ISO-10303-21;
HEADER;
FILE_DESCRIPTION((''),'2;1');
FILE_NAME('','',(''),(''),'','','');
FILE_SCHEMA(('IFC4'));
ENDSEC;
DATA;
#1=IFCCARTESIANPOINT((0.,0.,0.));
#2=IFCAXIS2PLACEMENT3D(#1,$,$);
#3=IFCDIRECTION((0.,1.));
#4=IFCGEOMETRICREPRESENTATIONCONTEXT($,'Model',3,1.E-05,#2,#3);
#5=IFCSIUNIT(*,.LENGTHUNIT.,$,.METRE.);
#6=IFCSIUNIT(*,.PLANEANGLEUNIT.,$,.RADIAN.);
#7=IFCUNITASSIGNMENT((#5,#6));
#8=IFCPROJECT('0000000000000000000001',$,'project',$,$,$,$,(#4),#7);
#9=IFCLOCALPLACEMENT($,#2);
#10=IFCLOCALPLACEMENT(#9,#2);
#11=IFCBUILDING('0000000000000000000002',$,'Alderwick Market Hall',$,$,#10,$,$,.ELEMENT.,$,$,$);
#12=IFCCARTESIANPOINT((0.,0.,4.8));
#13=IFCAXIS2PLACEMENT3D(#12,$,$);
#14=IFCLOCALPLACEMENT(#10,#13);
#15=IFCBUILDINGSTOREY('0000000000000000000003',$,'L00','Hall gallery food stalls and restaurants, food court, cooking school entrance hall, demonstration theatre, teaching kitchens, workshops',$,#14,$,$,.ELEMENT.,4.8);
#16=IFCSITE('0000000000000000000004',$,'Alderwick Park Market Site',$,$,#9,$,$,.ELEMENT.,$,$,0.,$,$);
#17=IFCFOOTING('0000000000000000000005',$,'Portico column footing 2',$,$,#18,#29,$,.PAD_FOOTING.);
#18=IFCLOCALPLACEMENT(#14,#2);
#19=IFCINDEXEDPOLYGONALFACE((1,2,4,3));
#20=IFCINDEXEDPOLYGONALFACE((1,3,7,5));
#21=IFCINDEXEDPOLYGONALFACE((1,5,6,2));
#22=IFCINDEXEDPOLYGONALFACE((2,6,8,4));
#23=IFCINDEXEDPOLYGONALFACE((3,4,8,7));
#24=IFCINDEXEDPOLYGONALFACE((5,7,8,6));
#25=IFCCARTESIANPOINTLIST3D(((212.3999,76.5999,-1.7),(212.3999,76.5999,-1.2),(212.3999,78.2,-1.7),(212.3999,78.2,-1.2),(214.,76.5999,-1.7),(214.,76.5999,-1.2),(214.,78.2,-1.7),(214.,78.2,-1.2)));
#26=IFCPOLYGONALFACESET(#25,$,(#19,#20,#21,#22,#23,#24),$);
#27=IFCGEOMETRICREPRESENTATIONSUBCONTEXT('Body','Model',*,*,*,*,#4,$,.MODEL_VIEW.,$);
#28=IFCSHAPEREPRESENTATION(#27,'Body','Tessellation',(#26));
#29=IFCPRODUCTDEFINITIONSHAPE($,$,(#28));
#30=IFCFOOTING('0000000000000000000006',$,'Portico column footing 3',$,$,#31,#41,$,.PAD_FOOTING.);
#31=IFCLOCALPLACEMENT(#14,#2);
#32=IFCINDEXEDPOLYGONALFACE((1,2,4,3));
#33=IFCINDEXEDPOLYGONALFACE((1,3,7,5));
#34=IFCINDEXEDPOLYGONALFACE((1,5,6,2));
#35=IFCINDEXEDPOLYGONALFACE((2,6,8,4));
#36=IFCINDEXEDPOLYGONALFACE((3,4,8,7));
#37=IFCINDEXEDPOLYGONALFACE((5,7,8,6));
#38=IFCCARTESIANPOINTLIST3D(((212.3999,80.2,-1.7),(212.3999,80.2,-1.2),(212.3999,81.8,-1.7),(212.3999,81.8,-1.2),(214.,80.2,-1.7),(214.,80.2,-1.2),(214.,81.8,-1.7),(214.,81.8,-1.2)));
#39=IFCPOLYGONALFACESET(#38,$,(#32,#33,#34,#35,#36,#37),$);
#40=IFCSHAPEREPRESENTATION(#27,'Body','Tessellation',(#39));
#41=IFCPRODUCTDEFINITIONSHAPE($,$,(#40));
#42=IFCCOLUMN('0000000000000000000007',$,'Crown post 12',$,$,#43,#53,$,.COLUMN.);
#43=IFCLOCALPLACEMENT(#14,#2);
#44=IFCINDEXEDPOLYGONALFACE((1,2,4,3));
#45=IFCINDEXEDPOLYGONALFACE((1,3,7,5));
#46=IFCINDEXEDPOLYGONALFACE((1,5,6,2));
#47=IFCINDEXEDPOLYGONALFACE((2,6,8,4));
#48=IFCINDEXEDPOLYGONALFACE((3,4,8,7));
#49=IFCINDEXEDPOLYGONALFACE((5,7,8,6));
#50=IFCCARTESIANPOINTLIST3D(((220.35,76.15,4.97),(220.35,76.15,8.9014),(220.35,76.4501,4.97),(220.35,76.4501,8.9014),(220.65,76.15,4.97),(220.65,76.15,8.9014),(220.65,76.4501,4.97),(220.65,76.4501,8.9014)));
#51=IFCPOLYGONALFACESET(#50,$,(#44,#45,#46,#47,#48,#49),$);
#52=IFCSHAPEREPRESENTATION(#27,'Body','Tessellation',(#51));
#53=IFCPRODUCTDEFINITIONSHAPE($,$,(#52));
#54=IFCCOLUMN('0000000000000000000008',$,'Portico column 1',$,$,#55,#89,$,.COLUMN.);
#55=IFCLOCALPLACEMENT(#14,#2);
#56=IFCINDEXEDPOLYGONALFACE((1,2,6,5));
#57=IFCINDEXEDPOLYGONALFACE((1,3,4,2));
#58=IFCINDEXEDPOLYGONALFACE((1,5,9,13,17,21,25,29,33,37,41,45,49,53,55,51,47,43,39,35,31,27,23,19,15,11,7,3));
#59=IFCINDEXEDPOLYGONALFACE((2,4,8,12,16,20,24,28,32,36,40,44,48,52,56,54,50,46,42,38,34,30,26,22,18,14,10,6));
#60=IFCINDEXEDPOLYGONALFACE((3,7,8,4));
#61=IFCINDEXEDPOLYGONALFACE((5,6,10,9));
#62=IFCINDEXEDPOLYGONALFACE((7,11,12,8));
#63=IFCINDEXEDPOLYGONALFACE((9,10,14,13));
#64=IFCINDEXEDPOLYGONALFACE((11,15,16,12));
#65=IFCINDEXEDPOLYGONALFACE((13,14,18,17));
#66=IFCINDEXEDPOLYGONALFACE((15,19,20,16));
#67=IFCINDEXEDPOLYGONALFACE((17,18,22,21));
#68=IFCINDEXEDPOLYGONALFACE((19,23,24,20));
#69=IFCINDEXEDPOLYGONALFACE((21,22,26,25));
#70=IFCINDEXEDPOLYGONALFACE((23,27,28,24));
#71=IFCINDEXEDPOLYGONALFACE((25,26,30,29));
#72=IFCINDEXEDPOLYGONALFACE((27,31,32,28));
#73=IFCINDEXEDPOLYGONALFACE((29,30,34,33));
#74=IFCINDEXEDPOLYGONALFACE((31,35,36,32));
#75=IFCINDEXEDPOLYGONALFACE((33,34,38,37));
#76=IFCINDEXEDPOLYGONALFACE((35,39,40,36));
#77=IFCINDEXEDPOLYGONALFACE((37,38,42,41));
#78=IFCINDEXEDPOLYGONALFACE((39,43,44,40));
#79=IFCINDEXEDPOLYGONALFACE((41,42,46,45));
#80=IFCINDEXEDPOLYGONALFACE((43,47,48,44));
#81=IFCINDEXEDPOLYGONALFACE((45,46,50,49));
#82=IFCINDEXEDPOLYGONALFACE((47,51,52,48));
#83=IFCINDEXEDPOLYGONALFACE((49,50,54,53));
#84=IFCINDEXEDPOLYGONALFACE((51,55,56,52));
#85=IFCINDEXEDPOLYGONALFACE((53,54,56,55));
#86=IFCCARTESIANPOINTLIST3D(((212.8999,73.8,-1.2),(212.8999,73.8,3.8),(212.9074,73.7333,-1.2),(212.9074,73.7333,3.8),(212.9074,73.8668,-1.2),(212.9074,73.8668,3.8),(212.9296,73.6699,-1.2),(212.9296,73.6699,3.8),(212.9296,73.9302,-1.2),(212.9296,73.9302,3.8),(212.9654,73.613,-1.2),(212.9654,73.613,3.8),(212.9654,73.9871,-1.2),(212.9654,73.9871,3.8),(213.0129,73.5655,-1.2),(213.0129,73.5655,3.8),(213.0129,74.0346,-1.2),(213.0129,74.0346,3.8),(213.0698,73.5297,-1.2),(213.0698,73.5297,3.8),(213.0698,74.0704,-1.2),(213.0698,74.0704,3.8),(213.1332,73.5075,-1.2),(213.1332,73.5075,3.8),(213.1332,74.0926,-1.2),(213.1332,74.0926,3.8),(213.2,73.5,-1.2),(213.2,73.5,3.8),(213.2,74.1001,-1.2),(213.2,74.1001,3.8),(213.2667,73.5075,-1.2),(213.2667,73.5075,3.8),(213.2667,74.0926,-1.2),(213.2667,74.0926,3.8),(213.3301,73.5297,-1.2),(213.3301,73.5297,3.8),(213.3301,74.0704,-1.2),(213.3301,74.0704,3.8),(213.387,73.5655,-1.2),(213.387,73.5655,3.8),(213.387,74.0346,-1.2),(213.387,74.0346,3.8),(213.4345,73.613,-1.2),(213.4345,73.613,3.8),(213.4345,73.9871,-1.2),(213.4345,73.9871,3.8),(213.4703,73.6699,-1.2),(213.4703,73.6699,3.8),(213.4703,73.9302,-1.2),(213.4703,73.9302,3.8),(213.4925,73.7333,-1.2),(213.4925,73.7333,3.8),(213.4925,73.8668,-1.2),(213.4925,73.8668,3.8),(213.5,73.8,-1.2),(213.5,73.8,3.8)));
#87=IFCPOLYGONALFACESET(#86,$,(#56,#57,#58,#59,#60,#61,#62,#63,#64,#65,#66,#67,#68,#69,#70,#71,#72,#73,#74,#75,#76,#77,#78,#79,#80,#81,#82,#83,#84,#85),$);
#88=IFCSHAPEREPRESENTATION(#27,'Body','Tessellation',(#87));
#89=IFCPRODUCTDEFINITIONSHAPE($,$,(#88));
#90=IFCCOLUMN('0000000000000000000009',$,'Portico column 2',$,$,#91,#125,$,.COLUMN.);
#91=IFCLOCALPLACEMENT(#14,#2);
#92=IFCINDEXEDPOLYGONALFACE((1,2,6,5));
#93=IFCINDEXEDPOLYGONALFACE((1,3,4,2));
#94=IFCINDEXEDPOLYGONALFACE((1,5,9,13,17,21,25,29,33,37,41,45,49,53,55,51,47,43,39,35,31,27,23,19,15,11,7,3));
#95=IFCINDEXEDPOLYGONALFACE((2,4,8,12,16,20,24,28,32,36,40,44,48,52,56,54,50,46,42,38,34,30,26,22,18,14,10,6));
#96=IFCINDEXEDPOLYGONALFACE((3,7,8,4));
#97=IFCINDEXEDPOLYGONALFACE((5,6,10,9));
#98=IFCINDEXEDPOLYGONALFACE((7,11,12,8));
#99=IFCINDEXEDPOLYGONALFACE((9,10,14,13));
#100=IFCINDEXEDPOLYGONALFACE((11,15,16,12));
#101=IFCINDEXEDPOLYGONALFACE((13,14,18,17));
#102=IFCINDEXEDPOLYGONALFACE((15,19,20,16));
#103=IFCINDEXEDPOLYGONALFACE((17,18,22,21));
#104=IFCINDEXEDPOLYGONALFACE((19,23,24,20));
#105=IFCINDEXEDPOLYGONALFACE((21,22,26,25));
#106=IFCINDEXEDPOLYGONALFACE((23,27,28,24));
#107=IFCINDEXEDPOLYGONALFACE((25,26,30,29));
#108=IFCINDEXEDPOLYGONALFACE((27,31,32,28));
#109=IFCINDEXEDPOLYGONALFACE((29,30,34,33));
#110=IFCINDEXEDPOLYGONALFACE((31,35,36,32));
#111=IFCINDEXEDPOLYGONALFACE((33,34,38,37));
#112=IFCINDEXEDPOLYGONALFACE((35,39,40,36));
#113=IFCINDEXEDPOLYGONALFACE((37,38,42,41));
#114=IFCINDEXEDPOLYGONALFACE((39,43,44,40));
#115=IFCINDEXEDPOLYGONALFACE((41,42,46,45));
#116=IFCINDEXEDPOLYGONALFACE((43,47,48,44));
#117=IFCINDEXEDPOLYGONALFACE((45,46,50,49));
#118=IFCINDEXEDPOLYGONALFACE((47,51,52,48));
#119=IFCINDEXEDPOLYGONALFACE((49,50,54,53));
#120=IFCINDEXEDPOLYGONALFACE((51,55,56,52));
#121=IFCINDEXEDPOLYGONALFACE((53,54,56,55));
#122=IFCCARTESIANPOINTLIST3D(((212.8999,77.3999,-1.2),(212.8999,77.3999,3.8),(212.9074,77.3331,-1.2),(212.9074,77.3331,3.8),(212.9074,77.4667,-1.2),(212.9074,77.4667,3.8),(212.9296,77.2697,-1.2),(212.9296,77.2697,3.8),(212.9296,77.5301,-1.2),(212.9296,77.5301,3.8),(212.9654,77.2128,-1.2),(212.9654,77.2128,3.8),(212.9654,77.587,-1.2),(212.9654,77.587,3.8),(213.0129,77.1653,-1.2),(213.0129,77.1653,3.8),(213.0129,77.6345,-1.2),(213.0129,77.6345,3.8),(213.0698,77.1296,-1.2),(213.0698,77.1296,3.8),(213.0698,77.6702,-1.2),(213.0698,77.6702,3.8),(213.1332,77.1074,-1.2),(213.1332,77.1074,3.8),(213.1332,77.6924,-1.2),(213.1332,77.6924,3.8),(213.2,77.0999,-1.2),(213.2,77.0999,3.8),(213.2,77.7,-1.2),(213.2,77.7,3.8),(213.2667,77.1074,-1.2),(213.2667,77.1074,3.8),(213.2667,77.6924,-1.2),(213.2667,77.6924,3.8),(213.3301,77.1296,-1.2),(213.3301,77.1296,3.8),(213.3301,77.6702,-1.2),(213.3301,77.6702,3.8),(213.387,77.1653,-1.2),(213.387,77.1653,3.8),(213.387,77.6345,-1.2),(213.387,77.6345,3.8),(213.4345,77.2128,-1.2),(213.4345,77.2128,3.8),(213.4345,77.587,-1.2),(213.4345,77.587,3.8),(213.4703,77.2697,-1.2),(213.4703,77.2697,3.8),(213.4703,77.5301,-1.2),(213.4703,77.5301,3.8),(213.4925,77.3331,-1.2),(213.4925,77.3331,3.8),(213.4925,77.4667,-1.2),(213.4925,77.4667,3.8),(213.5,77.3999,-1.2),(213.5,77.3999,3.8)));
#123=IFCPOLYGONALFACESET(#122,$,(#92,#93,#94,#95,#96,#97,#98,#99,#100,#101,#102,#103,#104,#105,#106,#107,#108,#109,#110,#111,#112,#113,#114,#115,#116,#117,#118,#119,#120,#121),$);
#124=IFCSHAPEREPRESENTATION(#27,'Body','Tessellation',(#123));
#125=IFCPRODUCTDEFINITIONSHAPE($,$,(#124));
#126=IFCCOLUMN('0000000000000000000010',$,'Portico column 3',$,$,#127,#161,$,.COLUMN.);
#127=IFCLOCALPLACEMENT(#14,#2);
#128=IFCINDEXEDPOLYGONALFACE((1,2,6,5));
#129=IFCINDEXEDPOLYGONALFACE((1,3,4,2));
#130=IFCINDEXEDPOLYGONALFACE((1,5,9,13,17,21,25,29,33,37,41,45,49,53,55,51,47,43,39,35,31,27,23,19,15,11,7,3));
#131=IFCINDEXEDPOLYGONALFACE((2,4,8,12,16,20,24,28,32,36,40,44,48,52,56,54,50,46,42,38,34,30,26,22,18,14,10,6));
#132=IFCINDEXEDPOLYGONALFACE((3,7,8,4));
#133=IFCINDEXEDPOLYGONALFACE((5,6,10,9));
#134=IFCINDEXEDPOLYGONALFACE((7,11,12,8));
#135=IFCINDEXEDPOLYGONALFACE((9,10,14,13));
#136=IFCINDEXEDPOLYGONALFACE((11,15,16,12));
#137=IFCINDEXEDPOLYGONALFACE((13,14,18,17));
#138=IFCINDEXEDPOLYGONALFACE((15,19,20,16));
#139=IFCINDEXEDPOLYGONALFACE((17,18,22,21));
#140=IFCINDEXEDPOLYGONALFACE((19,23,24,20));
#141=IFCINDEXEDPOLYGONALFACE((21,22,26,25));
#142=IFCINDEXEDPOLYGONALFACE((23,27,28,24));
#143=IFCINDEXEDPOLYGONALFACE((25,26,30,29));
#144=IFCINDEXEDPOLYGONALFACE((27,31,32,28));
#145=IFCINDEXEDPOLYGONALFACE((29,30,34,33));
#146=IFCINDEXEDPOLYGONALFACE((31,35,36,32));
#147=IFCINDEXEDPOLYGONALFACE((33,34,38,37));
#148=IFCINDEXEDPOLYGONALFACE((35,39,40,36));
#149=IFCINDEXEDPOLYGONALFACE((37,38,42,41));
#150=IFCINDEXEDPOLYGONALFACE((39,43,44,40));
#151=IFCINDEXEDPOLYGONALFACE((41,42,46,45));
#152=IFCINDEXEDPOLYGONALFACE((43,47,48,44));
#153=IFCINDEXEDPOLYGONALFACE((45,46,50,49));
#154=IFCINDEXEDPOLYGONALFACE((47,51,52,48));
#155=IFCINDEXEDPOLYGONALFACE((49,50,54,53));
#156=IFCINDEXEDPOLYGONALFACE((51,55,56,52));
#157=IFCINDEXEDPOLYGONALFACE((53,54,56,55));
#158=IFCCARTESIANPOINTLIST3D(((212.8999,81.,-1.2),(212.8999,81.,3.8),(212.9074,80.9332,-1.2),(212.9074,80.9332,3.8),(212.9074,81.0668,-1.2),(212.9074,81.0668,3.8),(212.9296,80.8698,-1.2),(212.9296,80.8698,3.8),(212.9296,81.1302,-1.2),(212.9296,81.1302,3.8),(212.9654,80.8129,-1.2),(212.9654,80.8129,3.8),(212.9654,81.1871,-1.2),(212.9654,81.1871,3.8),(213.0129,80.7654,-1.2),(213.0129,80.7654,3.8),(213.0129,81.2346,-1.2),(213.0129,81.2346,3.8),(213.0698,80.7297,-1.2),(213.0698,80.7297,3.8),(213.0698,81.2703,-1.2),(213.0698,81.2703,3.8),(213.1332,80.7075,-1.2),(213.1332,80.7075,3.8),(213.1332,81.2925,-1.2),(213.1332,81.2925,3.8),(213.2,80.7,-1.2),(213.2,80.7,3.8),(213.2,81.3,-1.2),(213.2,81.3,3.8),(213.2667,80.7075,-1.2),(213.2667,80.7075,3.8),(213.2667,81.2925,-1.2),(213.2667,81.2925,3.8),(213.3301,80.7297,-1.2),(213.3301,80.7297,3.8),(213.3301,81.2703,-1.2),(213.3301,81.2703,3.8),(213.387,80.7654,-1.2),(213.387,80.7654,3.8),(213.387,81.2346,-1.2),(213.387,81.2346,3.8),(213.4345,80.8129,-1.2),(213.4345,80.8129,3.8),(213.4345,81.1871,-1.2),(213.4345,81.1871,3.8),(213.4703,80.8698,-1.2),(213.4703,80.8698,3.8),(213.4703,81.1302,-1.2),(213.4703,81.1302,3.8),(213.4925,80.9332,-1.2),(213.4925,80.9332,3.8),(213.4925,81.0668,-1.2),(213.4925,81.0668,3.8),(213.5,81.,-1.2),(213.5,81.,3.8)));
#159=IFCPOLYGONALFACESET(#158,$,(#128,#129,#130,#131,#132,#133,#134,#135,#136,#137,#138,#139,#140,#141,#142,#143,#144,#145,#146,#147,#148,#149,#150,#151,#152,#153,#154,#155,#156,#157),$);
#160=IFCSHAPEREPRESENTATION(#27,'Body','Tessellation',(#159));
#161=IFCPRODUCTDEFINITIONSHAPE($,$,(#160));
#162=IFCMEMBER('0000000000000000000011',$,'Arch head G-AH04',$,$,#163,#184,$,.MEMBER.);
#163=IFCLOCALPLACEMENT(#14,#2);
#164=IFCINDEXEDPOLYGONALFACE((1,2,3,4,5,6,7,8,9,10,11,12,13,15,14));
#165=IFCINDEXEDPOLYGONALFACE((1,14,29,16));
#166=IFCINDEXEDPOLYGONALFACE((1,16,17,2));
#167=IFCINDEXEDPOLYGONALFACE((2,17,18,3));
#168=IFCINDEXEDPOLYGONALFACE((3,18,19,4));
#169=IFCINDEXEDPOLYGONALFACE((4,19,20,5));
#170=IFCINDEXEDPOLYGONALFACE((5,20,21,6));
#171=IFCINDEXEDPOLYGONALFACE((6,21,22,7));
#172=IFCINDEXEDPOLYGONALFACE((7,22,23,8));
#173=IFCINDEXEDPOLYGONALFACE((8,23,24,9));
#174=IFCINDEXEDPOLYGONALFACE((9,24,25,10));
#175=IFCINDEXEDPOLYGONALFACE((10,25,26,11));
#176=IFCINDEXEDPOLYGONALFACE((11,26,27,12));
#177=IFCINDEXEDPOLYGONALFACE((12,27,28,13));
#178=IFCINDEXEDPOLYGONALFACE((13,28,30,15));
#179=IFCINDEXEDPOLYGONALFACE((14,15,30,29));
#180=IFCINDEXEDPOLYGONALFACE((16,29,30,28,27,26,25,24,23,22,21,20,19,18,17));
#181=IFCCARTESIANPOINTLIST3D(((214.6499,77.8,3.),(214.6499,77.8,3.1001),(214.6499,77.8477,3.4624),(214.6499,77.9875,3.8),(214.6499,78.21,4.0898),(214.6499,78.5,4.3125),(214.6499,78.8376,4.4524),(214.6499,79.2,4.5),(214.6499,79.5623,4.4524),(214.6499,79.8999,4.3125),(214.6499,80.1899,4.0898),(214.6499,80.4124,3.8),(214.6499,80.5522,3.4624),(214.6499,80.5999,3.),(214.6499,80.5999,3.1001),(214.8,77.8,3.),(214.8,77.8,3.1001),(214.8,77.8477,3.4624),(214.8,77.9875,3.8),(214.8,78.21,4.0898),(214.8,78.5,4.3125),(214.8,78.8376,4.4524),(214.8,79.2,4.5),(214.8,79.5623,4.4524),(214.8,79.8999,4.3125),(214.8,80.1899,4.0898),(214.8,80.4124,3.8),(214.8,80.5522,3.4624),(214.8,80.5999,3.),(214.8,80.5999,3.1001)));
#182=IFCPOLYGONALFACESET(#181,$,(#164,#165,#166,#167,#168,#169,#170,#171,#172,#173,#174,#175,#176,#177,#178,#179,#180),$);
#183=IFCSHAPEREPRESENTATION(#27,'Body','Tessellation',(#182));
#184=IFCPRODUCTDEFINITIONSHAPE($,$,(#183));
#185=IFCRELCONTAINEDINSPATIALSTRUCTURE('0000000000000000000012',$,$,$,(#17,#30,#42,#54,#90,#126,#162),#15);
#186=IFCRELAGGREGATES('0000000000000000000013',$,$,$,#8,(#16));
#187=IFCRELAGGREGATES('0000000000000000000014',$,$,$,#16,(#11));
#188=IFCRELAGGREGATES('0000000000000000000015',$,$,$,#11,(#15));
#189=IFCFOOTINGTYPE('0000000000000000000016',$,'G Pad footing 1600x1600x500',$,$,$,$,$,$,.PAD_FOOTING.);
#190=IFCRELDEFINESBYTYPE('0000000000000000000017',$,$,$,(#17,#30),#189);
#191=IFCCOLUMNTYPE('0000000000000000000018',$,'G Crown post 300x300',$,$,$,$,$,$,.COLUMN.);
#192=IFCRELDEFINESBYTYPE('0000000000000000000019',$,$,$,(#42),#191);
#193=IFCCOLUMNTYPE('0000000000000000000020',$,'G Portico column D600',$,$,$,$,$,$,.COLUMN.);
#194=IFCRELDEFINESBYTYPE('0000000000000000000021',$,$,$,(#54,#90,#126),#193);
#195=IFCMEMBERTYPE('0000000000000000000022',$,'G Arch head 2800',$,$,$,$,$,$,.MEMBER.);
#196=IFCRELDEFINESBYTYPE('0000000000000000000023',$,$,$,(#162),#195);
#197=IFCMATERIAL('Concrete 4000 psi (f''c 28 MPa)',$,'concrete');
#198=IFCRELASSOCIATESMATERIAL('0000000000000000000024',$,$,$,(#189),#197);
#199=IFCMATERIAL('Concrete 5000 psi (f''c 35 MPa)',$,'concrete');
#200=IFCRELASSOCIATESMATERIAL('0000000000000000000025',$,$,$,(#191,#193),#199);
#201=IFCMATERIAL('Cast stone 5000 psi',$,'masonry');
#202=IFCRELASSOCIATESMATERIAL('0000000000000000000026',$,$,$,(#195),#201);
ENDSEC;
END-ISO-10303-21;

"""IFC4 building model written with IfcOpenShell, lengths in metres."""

from ifc_helpers import new_model, si_unit, direction, frame, origin, origin_2d, place, context, subcontext, project, spatial, polyline, rectangle, circle, outline, extrude, material, material_profile, profile_set, type_object, element, save


model = new_model("IFC4")

# Units and contexts
model_context = context("Model", 3, precision=1e-05, world=origin(), true_north=direction((0.0, 1.0)))
body_context = subcontext(model_context, "Body", "Model", "MODEL_VIEW")
ifc_project = project(units=[si_unit("LENGTHUNIT", "METRE"), si_unit("PLANEANGLEUNIT", "RADIAN")], contexts=[model_context])

# Site, building, storey
site_placement = place(None, origin())
site = spatial("IfcSite", under=ifc_project, at=site_placement, Name="Alderwick Park Market Site", CompositionType="ELEMENT", RefElevation=0.0)
building_placement = place(site_placement, origin())
building = spatial("IfcBuilding", under=site, at=building_placement, Name="Alderwick Market Hall", CompositionType="ELEMENT")
storey_placement = place(building_placement, frame((0.0, 0.0, 4.8)))
storey = spatial("IfcBuildingStorey", under=building, at=storey_placement, Name="L00", Description="Hall gallery food stalls and restaurants, food court, cooking school entrance hall, demonstration theatre, teaching kitchens, workshops", CompositionType="ELEMENT", Elevation=4.8)

# Footings
ifc_material_1 = material(Name="Concrete 4000 psi (f'c 28 MPa)", Category="concrete")
footing_type = type_object("IfcFootingType", Name="G Pad footing 1600x1600x500", PredefinedType="PAD_FOOTING", material=ifc_material_1)
for number, where, z_axis, x_axis, name in (
    (1, (213.2, 77.3999, -1.7), (0.0, 0.0, 1.0), (1.0, 0.0, 0.0), "Portico column footing 2"),
    (2, (213.2, 81.0, -1.7), (0.0, 0.0, 1.0), (1.0, 0.0, 0.0), "Portico column footing 3"),
):
    element("IfcFooting", number, at=place(storey_placement, frame(where, z_axis=z_axis, x_axis=x_axis)), inside=storey, type_object=footing_type, Name=name, PredefinedType="PAD_FOOTING", context=body_context, shape_type="SweptSolid", body=[
        extrude(rectangle(XDim=1.6001, YDim=1.6001, at=origin_2d()), origin(), (0.0, 0.0, 1.0), 0.5),
    ])

# Columns
ifc_material_2 = material(Name="Concrete 5000 psi (f'c 35 MPa)", Category="concrete")
ifc_material_profile_1 = material_profile(ifc_material_2, rectangle(XDim=0.3, YDim=0.3, at=origin_2d()), Name="RC 300x300")
ifc_profile_set_1 = profile_set([ifc_material_profile_1], Name="Concrete 5000 psi (f'c 35 MPa)")
column_type_1 = type_object("IfcColumnType", Name="G Crown post 300x300", PredefinedType="COLUMN", material=ifc_profile_set_1)
column_placement = place(storey_placement, frame((220.5, 76.3, 4.97), z_axis=(0.0, 0.0, 1.0), x_axis=(1.0, 0.0, 0.0)))
element("IfcColumn", 3, at=column_placement, inside=storey, type_object=column_type_1, Name="Crown post 12", PredefinedType="COLUMN", context=body_context, shape_type="SweptSolid", body=[
    extrude(rectangle(XDim=0.3, YDim=0.3, at=origin_2d()), origin(), (0.0, 0.0, 1.0), 3.9314),
])
ifc_material_profile_2 = material_profile(ifc_material_2, circle(Radius=0.3, at=origin_2d()), Name="RC D600")
ifc_profile_set_2 = profile_set([ifc_material_profile_2], Name="Concrete 5000 psi (f'c 35 MPa)")
column_type_2 = type_object("IfcColumnType", Name="G Portico column D600", PredefinedType="COLUMN", material=ifc_profile_set_2)
for number, where, z_axis, x_axis, name in (
    (4, (213.2, 73.8, -1.2), (0.0, 0.0, 1.0), (1.0, 0.0, 0.0), "Portico column 1"),
    (5, (213.2, 77.3999, -1.2), (0.0, 0.0, 1.0), (1.0, 0.0, 0.0), "Portico column 2"),
    (6, (213.2, 81.0, -1.2), (0.0, 0.0, 1.0), (1.0, 0.0, 0.0), "Portico column 3"),
):
    element("IfcColumn", number, at=place(storey_placement, frame(where, z_axis=z_axis, x_axis=x_axis)), inside=storey, type_object=column_type_2, Name=name, PredefinedType="COLUMN", context=body_context, shape_type="SweptSolid", body=[
        extrude(circle(Radius=0.3, at=origin_2d()), origin(), (0.0, 0.0, 1.0), 5.0),
    ])

# Member
ifc_material_3 = material(Name="Cast stone 5000 psi", Category="masonry")
ifc_material_profile_3 = material_profile(ifc_material_3, outline(polyline([(-1.3999, 0.0), (1.3999, 0.0), (1.3999, 0.1001), (1.3523, 0.4624), (1.2124, 0.8), (0.99, 1.0898), (0.7, 1.3125), (0.3623, 1.4524), (0.0, 1.5), (-0.3623, 1.4524), (-0.7, 1.3125), (-0.99, 1.0898), (-1.2124, 0.8), (-1.3523, 0.4624), (-1.3999, 0.1001), (-1.3999, 0.0)])), Name="Cast stone arch head 2800")
ifc_profile_set_3 = profile_set([ifc_material_profile_3], Name="Cast stone 5000 psi")
member_type = type_object("IfcMemberType", Name="G Arch head 2800", PredefinedType="MEMBER", material=ifc_profile_set_3)
member_placement = place(storey_placement, frame((214.6499, 79.2, 3.0), z_axis=(1.0, 0.0, 0.0), x_axis=(0.0, 1.0, 0.0)))
element("IfcMember", 7, at=member_placement, inside=storey, type_object=member_type, Name="Arch head G-AH04", PredefinedType="MEMBER", context=body_context, shape_type="SweptSolid", body=[
    extrude(outline(polyline([(-1.3999, 0.0), (1.3999, 0.0), (1.3999, 0.1001), (1.3523, 0.4624), (1.2124, 0.8), (0.99, 1.0898), (0.7, 1.3125), (0.3623, 1.4524), (0.0, 1.5), (-0.3623, 1.4524), (-0.7, 1.3125), (-0.99, 1.0898), (-1.2124, 0.8), (-1.3523, 0.4624), (-1.3999, 0.1001), (-1.3999, 0.0)])), origin(), (0.0, 0.0, 1.0), 0.1501),
])

save(model, "model.ifc")
